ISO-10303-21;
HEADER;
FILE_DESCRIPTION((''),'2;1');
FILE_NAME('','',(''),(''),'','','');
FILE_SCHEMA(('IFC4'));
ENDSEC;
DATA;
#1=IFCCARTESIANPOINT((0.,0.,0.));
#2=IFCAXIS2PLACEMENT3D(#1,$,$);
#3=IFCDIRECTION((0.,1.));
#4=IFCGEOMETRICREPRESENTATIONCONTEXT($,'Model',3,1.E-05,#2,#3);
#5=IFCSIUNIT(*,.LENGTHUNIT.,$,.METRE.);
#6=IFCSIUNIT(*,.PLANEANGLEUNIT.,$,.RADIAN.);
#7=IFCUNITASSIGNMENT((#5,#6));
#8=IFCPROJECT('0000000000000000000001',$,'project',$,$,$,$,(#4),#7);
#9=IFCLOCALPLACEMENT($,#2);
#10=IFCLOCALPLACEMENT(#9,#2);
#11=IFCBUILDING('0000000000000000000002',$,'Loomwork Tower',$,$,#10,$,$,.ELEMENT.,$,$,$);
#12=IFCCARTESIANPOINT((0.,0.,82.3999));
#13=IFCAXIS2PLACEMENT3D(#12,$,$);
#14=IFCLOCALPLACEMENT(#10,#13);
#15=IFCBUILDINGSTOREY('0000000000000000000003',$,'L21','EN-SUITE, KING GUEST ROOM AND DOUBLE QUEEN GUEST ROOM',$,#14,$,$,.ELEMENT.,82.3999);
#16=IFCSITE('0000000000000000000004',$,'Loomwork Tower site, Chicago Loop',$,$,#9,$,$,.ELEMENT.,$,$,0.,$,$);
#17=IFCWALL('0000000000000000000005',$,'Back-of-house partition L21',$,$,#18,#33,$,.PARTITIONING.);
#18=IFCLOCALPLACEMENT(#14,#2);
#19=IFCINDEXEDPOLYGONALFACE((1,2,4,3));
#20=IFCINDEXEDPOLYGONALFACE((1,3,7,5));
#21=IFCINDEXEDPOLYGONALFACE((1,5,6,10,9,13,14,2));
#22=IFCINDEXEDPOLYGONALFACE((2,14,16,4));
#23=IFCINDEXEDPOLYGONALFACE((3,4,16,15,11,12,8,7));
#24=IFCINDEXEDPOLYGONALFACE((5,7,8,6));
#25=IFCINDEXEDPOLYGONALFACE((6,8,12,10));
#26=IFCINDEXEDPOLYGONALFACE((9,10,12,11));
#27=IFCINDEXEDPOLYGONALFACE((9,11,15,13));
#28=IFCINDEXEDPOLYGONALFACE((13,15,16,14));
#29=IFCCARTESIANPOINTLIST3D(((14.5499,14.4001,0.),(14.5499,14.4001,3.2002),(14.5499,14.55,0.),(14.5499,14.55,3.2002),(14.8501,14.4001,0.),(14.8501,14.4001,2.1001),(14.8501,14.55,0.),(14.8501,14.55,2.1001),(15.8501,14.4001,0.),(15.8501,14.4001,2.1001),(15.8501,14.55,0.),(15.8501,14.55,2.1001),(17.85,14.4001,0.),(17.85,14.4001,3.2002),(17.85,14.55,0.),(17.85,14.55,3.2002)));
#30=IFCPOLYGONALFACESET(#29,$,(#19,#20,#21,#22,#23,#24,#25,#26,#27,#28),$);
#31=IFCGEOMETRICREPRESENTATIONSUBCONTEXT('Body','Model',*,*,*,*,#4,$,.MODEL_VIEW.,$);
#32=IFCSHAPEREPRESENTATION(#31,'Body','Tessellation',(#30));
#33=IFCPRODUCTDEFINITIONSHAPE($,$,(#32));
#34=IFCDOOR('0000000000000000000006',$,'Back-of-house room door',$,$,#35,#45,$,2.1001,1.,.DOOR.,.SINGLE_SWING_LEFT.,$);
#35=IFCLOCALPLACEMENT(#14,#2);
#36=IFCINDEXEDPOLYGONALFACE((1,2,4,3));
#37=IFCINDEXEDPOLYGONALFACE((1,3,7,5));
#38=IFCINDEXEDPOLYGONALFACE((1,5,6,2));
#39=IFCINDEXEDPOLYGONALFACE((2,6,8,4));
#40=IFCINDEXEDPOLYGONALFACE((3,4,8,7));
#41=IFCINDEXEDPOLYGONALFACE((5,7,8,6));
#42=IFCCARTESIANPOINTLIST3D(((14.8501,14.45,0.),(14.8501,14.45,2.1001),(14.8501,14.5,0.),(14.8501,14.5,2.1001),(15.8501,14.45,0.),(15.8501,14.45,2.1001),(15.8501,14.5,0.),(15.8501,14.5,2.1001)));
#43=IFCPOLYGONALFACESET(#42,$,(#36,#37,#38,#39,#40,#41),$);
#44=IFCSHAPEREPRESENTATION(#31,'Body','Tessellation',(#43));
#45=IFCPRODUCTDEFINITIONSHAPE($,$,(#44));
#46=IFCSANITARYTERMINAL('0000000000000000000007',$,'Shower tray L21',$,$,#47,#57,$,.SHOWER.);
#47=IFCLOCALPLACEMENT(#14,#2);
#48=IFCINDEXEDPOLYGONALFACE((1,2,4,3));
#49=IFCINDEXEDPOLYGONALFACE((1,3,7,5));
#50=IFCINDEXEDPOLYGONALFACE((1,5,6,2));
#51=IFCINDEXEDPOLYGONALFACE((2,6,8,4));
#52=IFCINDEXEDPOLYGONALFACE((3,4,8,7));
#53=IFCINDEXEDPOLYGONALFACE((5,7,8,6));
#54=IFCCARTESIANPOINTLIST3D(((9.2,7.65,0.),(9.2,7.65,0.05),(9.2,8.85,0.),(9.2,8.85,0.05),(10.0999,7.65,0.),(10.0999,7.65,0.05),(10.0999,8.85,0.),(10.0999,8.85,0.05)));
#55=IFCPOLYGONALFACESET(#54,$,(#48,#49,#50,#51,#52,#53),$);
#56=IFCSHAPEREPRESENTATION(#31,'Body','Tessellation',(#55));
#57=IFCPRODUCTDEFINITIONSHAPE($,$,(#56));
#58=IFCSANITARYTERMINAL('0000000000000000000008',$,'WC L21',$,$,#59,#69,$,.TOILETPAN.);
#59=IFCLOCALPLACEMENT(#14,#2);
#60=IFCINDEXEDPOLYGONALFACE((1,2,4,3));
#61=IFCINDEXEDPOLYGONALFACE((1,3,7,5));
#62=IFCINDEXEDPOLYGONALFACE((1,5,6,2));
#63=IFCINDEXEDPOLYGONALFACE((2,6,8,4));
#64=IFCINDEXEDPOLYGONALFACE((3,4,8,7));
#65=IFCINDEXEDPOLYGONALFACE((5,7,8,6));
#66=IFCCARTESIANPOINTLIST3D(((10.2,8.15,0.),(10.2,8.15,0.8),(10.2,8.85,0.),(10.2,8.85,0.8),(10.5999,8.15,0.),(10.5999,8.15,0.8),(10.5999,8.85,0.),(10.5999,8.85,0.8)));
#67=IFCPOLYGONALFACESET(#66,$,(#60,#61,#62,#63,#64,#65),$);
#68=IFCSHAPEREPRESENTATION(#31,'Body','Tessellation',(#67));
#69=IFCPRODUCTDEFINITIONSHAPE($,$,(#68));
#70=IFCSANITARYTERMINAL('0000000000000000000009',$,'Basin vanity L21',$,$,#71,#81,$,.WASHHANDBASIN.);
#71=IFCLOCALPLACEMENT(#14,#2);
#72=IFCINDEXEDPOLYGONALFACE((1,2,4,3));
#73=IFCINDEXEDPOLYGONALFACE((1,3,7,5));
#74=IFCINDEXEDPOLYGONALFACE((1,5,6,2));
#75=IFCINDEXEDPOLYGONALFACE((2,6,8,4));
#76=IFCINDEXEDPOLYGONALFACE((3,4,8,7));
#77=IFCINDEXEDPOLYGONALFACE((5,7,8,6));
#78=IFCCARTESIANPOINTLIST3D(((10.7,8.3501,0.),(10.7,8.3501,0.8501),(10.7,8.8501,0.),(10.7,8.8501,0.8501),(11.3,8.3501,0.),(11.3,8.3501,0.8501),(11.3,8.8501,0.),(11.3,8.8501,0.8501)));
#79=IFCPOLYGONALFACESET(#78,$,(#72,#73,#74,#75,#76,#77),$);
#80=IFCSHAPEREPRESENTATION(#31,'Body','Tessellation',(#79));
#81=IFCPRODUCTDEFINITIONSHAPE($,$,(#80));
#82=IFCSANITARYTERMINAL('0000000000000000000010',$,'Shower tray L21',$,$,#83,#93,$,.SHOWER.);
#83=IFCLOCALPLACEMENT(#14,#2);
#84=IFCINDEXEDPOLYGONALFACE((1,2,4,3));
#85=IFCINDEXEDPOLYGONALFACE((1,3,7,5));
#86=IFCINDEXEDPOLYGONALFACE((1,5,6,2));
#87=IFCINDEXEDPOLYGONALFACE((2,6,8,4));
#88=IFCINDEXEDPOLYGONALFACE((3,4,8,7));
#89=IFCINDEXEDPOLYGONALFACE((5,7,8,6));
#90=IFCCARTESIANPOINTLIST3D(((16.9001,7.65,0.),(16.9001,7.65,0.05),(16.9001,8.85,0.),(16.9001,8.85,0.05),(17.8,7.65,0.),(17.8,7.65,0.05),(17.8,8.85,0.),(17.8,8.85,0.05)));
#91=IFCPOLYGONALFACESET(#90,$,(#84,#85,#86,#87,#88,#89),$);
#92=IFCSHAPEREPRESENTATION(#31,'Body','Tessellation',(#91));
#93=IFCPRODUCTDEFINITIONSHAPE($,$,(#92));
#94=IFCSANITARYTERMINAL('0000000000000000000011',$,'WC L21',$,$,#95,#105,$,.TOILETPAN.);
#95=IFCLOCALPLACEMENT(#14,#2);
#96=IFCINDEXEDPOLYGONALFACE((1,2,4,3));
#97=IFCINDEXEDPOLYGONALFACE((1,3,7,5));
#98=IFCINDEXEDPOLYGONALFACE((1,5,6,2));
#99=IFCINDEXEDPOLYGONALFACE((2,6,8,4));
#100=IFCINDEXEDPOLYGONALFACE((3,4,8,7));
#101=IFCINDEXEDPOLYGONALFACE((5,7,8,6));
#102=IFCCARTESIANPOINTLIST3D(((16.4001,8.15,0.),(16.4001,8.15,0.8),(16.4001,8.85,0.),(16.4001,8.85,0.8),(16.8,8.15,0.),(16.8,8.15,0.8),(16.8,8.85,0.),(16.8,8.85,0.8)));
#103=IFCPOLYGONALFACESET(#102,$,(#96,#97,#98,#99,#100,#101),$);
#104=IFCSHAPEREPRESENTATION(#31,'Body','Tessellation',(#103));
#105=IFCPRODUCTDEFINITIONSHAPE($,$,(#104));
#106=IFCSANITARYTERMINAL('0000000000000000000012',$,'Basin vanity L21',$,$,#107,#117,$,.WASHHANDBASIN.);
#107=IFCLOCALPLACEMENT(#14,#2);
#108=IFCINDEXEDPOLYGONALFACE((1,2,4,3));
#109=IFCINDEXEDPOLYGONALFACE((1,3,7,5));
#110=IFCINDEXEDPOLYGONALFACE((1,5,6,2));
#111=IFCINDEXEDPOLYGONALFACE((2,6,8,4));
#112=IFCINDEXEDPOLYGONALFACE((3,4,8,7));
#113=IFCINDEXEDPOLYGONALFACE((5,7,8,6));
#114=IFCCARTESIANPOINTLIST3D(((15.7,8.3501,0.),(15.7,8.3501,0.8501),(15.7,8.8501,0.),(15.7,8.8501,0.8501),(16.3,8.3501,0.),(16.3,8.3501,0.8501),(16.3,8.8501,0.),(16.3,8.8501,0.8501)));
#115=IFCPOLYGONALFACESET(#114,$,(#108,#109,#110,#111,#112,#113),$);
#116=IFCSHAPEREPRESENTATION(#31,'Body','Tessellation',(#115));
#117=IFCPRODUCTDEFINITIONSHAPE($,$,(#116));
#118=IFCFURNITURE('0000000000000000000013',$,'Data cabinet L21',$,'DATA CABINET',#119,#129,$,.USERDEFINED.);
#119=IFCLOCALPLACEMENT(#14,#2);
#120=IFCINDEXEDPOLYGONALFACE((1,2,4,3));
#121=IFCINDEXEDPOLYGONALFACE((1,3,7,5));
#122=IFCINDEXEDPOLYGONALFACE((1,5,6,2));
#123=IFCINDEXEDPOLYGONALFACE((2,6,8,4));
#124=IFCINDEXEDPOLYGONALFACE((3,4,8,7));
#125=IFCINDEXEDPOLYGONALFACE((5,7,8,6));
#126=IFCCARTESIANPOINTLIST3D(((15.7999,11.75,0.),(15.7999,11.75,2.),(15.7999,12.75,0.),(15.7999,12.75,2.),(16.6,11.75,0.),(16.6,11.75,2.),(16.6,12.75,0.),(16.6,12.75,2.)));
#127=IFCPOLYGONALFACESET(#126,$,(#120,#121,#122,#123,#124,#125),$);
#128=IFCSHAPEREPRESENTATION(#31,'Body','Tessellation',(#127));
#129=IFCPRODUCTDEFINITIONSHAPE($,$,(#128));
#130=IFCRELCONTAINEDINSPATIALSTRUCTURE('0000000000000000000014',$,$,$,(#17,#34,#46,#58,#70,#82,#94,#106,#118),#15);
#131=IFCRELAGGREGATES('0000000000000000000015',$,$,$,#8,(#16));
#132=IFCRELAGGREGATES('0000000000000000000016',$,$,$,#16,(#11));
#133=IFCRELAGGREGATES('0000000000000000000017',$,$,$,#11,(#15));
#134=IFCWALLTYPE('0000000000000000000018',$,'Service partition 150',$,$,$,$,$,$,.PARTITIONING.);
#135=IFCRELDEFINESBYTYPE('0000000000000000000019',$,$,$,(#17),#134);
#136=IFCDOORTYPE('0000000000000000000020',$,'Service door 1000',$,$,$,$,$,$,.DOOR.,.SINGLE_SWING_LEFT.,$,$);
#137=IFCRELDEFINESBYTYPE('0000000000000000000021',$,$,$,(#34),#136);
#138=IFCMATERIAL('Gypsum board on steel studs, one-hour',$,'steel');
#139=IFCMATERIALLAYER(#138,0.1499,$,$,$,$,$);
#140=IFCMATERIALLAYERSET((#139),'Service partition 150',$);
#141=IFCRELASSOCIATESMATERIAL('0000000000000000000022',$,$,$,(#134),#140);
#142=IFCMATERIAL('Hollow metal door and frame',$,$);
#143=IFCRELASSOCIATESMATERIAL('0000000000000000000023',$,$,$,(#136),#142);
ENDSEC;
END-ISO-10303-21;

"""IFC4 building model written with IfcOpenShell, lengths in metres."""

from ifc_helpers import new_model, si_unit, direction, frame, frame_2d, origin, origin_2d, place, context, subcontext, project, spatial, rectangle, extrude, material, layer, layer_set, type_object, element, fill, save


model = new_model("IFC4")

# Units and contexts
model_context = context("Model", 3, precision=1e-05, world=origin(), true_north=direction((0.0, 1.0)))
body_context = subcontext(model_context, "Body", "Model", "MODEL_VIEW")
ifc_project = project(units=[si_unit("LENGTHUNIT", "METRE"), si_unit("PLANEANGLEUNIT", "RADIAN")], contexts=[model_context])

# Site, building, storey
site_placement = place(None, origin())
site = spatial("IfcSite", under=ifc_project, at=site_placement, Name="Loomwork Tower site, Chicago Loop", CompositionType="ELEMENT", RefElevation=0.0)
building_placement = place(site_placement, origin())
building = spatial("IfcBuilding", under=site, at=building_placement, Name="Loomwork Tower", CompositionType="ELEMENT")
storey_placement = place(building_placement, frame((0.0, 0.0, 82.3999)))
storey = spatial("IfcBuildingStorey", under=building, at=storey_placement, Name="L21", Description="EN-SUITE, KING GUEST ROOM AND DOUBLE QUEEN GUEST ROOM", CompositionType="ELEMENT", Elevation=82.3999)

# Wall, opening, door
ifc_material_1 = material(Name="Gypsum board on steel studs, one-hour", Category="steel")
ifc_layer_1 = layer(ifc_material_1, 0.1499)
ifc_layer_set_1 = layer_set([ifc_layer_1], Name="Service partition 150")
wall_type_1 = type_object("IfcWallType", Name="Service partition 150", PredefinedType="PARTITIONING", material=ifc_layer_set_1)
wall_1_placement = place(storey_placement, frame((14.55, 14.4751, 0.0), z_axis=(0.0, 0.0, 1.0), x_axis=(1.0, 0.0, 0.0)))
wall_1 = element("IfcWall", 1, at=wall_1_placement, inside=storey, type_object=wall_type_1, Name="Back-of-house partition L21", PredefinedType="PARTITIONING", context=body_context, shape_type="SweptSolid", body=[
    extrude(rectangle(XDim=3.3, YDim=0.1499, at=frame_2d((1.6499, 0.0))), origin(), (0.0, 0.0, 1.0), 3.2002),
])
opening_1_placement = place(wall_1_placement, frame((0.3, 0.0, 0.0)))
opening_1 = element("IfcOpeningElement", 2, at=opening_1_placement, cuts=wall_1, PredefinedType="OPENING", context=body_context, shape_type="SweptSolid", body=[
    extrude(rectangle(XDim=1.0, YDim=2.1001, at=frame_2d((0.5, 1.05))), frame((0.0, 0.085, 0.0), z_axis=(0.0, -1.0, 0.0), x_axis=(1.0, 0.0, 0.0)), (0.0, 0.0, 1.0), 0.1699),
])
ifc_material_2 = material(Name="Hollow metal door and frame")
door_type_1 = type_object("IfcDoorType", Name="Service door 1000", OperationType="SINGLE_SWING_LEFT", PredefinedType="DOOR", material=ifc_material_2)
door_1_placement = place(opening_1_placement, origin())
door_1 = element("IfcDoor", 3, at=door_1_placement, inside=storey, type_object=door_type_1, Name="Back-of-house room door", OperationType="SINGLE_SWING_LEFT", OverallHeight=2.1001, OverallWidth=1.0, PredefinedType="DOOR", context=body_context, shape_type="SweptSolid", body=[
    extrude(rectangle(XDim=1.0, YDim=2.1001, at=frame_2d((0.5, 1.05))), frame((0.0, 0.0249, 0.0), z_axis=(0.0, -1.0, 0.0), x_axis=(1.0, 0.0, 0.0)), (0.0, 0.0, 1.0), 0.05),
])
fill(opening_1, door_1)

# Sanitary terminals
sanitary_terminal_1_placement = place(storey_placement, frame((9.6499, 8.25, 0.0), z_axis=(0.0, 0.0, 1.0), x_axis=(1.0, 0.0, 0.0)))
element("IfcSanitaryTerminal", 4, at=sanitary_terminal_1_placement, inside=storey, Name="Shower tray L21", PredefinedType="SHOWER", context=body_context, shape_type="SweptSolid", body=[
    extrude(rectangle(XDim=0.8999, YDim=1.2, at=origin_2d()), origin(), (0.0, 0.0, 1.0), 0.05),
])
sanitary_terminal_2_placement = place(storey_placement, frame((10.3999, 8.5, 0.0), z_axis=(0.0, 0.0, 1.0), x_axis=(1.0, 0.0, 0.0)))
element("IfcSanitaryTerminal", 5, at=sanitary_terminal_2_placement, inside=storey, Name="WC L21", PredefinedType="TOILETPAN", context=body_context, shape_type="SweptSolid", body=[
    extrude(rectangle(XDim=0.3999, YDim=0.7, at=origin_2d()), origin(), (0.0, 0.0, 1.0), 0.8),
])
sanitary_terminal_3_placement = place(storey_placement, frame((11.0, 8.6001, 0.0), z_axis=(0.0, 0.0, 1.0), x_axis=(1.0, 0.0, 0.0)))
element("IfcSanitaryTerminal", 6, at=sanitary_terminal_3_placement, inside=storey, Name="Basin vanity L21", PredefinedType="WASHHANDBASIN", context=body_context, shape_type="SweptSolid", body=[
    extrude(rectangle(XDim=0.6001, YDim=0.5, at=origin_2d()), origin(), (0.0, 0.0, 1.0), 0.8501),
])
sanitary_terminal_4_placement = place(storey_placement, frame((17.3501, 8.25, 0.0), z_axis=(0.0, 0.0, 1.0), x_axis=(1.0, 0.0, 0.0)))
element("IfcSanitaryTerminal", 7, at=sanitary_terminal_4_placement, inside=storey, Name="Shower tray L21", PredefinedType="SHOWER", context=body_context, shape_type="SweptSolid", body=[
    extrude(rectangle(XDim=0.8999, YDim=1.2, at=origin_2d()), origin(), (0.0, 0.0, 1.0), 0.05),
])
sanitary_terminal_5_placement = place(storey_placement, frame((16.6001, 8.5, 0.0), z_axis=(0.0, 0.0, 1.0), x_axis=(1.0, 0.0, 0.0)))
element("IfcSanitaryTerminal", 8, at=sanitary_terminal_5_placement, inside=storey, Name="WC L21", PredefinedType="TOILETPAN", context=body_context, shape_type="SweptSolid", body=[
    extrude(rectangle(XDim=0.3999, YDim=0.7, at=origin_2d()), origin(), (0.0, 0.0, 1.0), 0.8),
])
sanitary_terminal_6_placement = place(storey_placement, frame((16.0, 8.6001, 0.0), z_axis=(0.0, 0.0, 1.0), x_axis=(1.0, 0.0, 0.0)))
element("IfcSanitaryTerminal", 9, at=sanitary_terminal_6_placement, inside=storey, Name="Basin vanity L21", PredefinedType="WASHHANDBASIN", context=body_context, shape_type="SweptSolid", body=[
    extrude(rectangle(XDim=0.6001, YDim=0.5, at=origin_2d()), origin(), (0.0, 0.0, 1.0), 0.8501),
])

# Furniture
furniture_placement = place(storey_placement, frame((16.2, 12.25, 0.0), z_axis=(0.0, 0.0, 1.0), x_axis=(1.0, 0.0, 0.0)))
element("IfcFurniture", 10, at=furniture_placement, inside=storey, Name="Data cabinet L21", ObjectType="DATA CABINET", PredefinedType="USERDEFINED", context=body_context, shape_type="SweptSolid", body=[
    extrude(rectangle(XDim=0.8, YDim=1.0, at=origin_2d()), origin(), (0.0, 0.0, 1.0), 2.0),
])

save(model, "model.ifc")
